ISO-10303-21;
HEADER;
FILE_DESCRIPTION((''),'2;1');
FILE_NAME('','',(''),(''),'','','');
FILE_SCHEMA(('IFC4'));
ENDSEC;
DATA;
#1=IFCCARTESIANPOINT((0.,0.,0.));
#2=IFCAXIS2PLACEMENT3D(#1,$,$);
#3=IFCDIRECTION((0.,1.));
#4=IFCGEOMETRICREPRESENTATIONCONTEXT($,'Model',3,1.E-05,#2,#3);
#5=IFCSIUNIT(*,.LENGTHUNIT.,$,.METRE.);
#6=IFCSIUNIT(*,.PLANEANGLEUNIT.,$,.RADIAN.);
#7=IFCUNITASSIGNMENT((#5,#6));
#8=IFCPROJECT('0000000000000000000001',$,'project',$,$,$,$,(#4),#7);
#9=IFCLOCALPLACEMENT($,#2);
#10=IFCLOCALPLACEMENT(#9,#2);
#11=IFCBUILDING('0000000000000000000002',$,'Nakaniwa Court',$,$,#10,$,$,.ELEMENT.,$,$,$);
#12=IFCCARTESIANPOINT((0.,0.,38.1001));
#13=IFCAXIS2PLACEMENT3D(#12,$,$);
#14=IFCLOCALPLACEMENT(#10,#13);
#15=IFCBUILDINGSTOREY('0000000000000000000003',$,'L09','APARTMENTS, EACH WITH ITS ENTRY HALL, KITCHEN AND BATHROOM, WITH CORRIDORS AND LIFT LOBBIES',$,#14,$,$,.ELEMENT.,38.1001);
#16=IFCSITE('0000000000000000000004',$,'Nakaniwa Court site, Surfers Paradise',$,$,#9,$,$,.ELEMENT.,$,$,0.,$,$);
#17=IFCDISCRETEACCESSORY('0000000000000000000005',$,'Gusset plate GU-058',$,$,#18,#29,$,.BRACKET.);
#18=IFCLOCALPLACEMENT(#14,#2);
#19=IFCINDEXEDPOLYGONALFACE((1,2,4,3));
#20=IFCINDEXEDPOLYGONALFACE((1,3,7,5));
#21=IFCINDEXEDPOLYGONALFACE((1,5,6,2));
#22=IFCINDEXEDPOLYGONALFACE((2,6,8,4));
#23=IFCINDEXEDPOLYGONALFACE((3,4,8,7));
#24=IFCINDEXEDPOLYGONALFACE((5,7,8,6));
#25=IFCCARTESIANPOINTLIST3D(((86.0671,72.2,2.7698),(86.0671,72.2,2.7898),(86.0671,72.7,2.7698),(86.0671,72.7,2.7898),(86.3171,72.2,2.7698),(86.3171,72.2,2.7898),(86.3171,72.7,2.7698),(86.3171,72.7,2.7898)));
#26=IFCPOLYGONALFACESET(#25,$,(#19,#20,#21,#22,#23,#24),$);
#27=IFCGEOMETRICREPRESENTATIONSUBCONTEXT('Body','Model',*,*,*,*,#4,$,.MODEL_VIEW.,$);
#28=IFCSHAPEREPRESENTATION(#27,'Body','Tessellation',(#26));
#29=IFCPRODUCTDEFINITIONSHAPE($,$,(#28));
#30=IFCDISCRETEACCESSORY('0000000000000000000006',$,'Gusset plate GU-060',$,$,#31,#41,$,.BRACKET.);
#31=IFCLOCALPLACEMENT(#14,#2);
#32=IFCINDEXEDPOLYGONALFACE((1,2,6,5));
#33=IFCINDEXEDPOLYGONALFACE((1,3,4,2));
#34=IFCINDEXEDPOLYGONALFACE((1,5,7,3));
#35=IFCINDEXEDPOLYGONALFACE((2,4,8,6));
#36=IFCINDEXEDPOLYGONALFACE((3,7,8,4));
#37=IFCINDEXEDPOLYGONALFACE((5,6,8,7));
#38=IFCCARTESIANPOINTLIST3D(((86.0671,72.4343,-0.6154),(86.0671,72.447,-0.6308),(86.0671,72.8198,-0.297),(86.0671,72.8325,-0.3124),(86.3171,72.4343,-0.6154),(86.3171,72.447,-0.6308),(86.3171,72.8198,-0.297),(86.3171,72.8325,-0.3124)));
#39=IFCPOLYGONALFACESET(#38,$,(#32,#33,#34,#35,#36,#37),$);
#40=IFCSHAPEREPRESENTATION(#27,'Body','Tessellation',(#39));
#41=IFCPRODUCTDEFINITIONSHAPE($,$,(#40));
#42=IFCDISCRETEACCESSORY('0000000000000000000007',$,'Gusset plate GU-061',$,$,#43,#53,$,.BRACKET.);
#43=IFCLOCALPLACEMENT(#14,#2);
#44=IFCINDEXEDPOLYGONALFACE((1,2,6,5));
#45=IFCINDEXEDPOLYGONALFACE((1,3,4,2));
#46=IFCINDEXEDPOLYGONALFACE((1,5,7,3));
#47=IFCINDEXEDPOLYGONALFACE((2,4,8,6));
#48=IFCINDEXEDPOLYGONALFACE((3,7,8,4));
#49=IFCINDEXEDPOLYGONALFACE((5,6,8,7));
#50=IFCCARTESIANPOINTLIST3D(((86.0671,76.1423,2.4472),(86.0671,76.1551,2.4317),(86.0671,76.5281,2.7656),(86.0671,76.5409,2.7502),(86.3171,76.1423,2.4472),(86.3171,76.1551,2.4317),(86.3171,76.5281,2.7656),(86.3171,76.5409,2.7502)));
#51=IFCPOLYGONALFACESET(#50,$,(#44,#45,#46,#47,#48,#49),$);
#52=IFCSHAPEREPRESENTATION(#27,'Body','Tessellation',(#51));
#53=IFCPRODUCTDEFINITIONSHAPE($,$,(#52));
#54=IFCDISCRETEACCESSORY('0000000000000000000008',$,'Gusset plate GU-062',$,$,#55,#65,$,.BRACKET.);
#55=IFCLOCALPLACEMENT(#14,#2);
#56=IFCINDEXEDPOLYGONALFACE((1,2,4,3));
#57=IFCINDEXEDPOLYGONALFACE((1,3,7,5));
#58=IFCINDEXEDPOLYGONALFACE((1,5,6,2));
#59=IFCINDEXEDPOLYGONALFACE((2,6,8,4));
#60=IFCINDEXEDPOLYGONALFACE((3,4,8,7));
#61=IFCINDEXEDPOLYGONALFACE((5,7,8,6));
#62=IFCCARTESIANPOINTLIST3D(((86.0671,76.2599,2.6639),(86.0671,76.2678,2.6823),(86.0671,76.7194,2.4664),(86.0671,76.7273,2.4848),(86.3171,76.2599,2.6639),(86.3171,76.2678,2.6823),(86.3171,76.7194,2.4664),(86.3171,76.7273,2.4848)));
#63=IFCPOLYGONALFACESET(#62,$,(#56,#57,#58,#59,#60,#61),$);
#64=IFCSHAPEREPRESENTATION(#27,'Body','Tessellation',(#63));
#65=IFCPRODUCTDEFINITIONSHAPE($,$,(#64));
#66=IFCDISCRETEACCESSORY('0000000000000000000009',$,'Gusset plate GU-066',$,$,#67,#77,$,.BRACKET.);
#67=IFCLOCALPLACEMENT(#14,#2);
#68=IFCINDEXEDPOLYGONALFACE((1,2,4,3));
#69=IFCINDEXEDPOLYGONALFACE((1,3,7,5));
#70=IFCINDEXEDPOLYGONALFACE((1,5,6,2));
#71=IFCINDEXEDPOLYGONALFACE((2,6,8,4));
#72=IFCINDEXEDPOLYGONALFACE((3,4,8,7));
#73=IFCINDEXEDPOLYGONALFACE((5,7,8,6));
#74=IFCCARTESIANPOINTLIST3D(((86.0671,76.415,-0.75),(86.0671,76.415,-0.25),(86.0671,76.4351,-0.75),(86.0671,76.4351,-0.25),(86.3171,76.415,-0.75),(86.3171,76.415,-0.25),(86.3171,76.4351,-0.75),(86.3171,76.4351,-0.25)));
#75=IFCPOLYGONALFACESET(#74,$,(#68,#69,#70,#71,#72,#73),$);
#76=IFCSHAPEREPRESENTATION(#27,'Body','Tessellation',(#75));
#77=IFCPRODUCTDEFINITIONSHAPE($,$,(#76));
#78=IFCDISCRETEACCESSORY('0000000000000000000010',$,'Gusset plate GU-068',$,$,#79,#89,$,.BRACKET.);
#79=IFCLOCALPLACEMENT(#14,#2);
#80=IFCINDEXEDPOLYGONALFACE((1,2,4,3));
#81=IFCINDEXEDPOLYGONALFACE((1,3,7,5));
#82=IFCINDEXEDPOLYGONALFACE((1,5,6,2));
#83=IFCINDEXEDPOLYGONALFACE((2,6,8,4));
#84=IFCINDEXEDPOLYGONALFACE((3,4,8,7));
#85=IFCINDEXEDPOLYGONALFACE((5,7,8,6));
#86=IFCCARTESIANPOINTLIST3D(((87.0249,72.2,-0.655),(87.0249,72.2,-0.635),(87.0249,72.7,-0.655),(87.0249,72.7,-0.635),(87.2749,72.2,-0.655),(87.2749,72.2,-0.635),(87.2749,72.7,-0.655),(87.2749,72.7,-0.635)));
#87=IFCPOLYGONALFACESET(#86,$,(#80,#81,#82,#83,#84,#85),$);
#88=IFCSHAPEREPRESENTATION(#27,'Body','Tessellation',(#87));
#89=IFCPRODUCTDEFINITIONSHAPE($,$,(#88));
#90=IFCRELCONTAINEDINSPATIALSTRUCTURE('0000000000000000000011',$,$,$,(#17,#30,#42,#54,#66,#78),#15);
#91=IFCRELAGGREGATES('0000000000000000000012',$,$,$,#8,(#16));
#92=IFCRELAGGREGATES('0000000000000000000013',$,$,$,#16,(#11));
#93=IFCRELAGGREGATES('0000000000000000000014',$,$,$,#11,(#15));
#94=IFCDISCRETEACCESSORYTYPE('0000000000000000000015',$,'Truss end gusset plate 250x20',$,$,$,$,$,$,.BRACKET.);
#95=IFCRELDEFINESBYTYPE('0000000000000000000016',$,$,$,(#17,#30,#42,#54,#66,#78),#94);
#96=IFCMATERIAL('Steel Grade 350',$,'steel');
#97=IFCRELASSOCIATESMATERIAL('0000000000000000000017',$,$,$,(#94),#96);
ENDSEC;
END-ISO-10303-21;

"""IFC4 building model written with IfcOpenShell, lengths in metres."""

from ifc_helpers import new_model, si_unit, direction, frame, origin, origin_2d, place, context, subcontext, project, spatial, rectangle, extrude, material, material_profile, profile_set, type_object, element, save


model = new_model("IFC4")

# Units and contexts
model_context = context("Model", 3, precision=1e-05, world=origin(), true_north=direction((0.0, 1.0)))
body_context = subcontext(model_context, "Body", "Model", "MODEL_VIEW")
ifc_project = project(units=[si_unit("LENGTHUNIT", "METRE"), si_unit("PLANEANGLEUNIT", "RADIAN")], contexts=[model_context])

# Site, building, storey
site_placement = place(None, origin())
site = spatial("IfcSite", under=ifc_project, at=site_placement, Name="Nakaniwa Court site, Surfers Paradise", CompositionType="ELEMENT", RefElevation=0.0)
building_placement = place(site_placement, origin())
building = spatial("IfcBuilding", under=site, at=building_placement, Name="Nakaniwa Court", CompositionType="ELEMENT")
storey_placement = place(building_placement, frame((0.0, 0.0, 38.1001)))
storey = spatial("IfcBuildingStorey", under=building, at=storey_placement, Name="L09", Description="APARTMENTS, EACH WITH ITS ENTRY HALL, KITCHEN AND BATHROOM, WITH CORRIDORS AND LIFT LOBBIES", CompositionType="ELEMENT", Elevation=38.1001)

# Shared definitions
ifc_material_1 = material(Name="Steel Grade 350", Category="steel")

# Discrete accessories
ifc_material_profile_1 = material_profile(ifc_material_1, rectangle(XDim=0.25, YDim=0.02, at=origin_2d()), Name="Truss end gusset plate 250x20")
ifc_profile_set_1 = profile_set([ifc_material_profile_1], Name="Steel Grade 350")
discrete_accessory_type = type_object("IfcDiscreteAccessoryType", Name="Truss end gusset plate 250x20", PredefinedType="BRACKET", material=ifc_profile_set_1)
for number, where, z_axis, x_axis, name in (
    (1, (86.1921, 72.7, 2.7798), (0.0, -1.0, 0.0), (1.0, 0.0, 0.0), "Gusset plate GU-058"),
    (2, (86.1921, 72.8262, -0.3047), (0.0, -0.771056, -0.636768), (1.0, 0.0, 0.0), "Gusset plate GU-060"),
):
    element("IfcDiscreteAccessory", number, at=place(storey_placement, frame(where, z_axis=z_axis, x_axis=x_axis)), inside=storey, type_object=discrete_accessory_type, Name=name, PredefinedType="BRACKET", context=body_context, shape_type="SweptSolid", body=[
        extrude(rectangle(XDim=0.25, YDim=0.02, at=origin_2d()), origin(), (0.0, 0.0, 1.0), 0.5),
    ])
for number, where, z_axis, x_axis, name in (
    (3, (86.1921, 76.1487, 2.4395), (0.0, 0.771253, 0.636528), (-1.0, 0.0, 0.0), "Gusset plate GU-061"),
    (4, (86.1921, 76.7234, 2.4756), (0.0, -0.918715, 0.394921), (1.0, 0.0, 0.0), "Gusset plate GU-062"),
):
    element("IfcDiscreteAccessory", number, at=place(storey_placement, frame(where, z_axis=z_axis, x_axis=x_axis)), inside=storey, type_object=discrete_accessory_type, Name=name, PredefinedType="BRACKET", context=body_context, shape_type="SweptSolid", body=[
        extrude(rectangle(XDim=0.25, YDim=0.02, at=origin_2d()), origin(), (0.0, 0.0, 1.0), 0.5002),
    ])
for number, where, z_axis, x_axis, name in (
    (5, (86.1921, 76.425, -0.25), (0.0, 0.0, -1.0), (1.0, 0.0, 0.0), "Gusset plate GU-066"),
    (6, (87.1499, 72.7, -0.645), (0.0, -1.0, 0.0), (1.0, 0.0, 0.0), "Gusset plate GU-068"),
):
    element("IfcDiscreteAccessory", number, at=place(storey_placement, frame(where, z_axis=z_axis, x_axis=x_axis)), inside=storey, type_object=discrete_accessory_type, Name=name, PredefinedType="BRACKET", context=body_context, shape_type="SweptSolid", body=[
        extrude(rectangle(XDim=0.25, YDim=0.02, at=origin_2d()), origin(), (0.0, 0.0, 1.0), 0.5),
    ])

save(model, "model.ifc")
